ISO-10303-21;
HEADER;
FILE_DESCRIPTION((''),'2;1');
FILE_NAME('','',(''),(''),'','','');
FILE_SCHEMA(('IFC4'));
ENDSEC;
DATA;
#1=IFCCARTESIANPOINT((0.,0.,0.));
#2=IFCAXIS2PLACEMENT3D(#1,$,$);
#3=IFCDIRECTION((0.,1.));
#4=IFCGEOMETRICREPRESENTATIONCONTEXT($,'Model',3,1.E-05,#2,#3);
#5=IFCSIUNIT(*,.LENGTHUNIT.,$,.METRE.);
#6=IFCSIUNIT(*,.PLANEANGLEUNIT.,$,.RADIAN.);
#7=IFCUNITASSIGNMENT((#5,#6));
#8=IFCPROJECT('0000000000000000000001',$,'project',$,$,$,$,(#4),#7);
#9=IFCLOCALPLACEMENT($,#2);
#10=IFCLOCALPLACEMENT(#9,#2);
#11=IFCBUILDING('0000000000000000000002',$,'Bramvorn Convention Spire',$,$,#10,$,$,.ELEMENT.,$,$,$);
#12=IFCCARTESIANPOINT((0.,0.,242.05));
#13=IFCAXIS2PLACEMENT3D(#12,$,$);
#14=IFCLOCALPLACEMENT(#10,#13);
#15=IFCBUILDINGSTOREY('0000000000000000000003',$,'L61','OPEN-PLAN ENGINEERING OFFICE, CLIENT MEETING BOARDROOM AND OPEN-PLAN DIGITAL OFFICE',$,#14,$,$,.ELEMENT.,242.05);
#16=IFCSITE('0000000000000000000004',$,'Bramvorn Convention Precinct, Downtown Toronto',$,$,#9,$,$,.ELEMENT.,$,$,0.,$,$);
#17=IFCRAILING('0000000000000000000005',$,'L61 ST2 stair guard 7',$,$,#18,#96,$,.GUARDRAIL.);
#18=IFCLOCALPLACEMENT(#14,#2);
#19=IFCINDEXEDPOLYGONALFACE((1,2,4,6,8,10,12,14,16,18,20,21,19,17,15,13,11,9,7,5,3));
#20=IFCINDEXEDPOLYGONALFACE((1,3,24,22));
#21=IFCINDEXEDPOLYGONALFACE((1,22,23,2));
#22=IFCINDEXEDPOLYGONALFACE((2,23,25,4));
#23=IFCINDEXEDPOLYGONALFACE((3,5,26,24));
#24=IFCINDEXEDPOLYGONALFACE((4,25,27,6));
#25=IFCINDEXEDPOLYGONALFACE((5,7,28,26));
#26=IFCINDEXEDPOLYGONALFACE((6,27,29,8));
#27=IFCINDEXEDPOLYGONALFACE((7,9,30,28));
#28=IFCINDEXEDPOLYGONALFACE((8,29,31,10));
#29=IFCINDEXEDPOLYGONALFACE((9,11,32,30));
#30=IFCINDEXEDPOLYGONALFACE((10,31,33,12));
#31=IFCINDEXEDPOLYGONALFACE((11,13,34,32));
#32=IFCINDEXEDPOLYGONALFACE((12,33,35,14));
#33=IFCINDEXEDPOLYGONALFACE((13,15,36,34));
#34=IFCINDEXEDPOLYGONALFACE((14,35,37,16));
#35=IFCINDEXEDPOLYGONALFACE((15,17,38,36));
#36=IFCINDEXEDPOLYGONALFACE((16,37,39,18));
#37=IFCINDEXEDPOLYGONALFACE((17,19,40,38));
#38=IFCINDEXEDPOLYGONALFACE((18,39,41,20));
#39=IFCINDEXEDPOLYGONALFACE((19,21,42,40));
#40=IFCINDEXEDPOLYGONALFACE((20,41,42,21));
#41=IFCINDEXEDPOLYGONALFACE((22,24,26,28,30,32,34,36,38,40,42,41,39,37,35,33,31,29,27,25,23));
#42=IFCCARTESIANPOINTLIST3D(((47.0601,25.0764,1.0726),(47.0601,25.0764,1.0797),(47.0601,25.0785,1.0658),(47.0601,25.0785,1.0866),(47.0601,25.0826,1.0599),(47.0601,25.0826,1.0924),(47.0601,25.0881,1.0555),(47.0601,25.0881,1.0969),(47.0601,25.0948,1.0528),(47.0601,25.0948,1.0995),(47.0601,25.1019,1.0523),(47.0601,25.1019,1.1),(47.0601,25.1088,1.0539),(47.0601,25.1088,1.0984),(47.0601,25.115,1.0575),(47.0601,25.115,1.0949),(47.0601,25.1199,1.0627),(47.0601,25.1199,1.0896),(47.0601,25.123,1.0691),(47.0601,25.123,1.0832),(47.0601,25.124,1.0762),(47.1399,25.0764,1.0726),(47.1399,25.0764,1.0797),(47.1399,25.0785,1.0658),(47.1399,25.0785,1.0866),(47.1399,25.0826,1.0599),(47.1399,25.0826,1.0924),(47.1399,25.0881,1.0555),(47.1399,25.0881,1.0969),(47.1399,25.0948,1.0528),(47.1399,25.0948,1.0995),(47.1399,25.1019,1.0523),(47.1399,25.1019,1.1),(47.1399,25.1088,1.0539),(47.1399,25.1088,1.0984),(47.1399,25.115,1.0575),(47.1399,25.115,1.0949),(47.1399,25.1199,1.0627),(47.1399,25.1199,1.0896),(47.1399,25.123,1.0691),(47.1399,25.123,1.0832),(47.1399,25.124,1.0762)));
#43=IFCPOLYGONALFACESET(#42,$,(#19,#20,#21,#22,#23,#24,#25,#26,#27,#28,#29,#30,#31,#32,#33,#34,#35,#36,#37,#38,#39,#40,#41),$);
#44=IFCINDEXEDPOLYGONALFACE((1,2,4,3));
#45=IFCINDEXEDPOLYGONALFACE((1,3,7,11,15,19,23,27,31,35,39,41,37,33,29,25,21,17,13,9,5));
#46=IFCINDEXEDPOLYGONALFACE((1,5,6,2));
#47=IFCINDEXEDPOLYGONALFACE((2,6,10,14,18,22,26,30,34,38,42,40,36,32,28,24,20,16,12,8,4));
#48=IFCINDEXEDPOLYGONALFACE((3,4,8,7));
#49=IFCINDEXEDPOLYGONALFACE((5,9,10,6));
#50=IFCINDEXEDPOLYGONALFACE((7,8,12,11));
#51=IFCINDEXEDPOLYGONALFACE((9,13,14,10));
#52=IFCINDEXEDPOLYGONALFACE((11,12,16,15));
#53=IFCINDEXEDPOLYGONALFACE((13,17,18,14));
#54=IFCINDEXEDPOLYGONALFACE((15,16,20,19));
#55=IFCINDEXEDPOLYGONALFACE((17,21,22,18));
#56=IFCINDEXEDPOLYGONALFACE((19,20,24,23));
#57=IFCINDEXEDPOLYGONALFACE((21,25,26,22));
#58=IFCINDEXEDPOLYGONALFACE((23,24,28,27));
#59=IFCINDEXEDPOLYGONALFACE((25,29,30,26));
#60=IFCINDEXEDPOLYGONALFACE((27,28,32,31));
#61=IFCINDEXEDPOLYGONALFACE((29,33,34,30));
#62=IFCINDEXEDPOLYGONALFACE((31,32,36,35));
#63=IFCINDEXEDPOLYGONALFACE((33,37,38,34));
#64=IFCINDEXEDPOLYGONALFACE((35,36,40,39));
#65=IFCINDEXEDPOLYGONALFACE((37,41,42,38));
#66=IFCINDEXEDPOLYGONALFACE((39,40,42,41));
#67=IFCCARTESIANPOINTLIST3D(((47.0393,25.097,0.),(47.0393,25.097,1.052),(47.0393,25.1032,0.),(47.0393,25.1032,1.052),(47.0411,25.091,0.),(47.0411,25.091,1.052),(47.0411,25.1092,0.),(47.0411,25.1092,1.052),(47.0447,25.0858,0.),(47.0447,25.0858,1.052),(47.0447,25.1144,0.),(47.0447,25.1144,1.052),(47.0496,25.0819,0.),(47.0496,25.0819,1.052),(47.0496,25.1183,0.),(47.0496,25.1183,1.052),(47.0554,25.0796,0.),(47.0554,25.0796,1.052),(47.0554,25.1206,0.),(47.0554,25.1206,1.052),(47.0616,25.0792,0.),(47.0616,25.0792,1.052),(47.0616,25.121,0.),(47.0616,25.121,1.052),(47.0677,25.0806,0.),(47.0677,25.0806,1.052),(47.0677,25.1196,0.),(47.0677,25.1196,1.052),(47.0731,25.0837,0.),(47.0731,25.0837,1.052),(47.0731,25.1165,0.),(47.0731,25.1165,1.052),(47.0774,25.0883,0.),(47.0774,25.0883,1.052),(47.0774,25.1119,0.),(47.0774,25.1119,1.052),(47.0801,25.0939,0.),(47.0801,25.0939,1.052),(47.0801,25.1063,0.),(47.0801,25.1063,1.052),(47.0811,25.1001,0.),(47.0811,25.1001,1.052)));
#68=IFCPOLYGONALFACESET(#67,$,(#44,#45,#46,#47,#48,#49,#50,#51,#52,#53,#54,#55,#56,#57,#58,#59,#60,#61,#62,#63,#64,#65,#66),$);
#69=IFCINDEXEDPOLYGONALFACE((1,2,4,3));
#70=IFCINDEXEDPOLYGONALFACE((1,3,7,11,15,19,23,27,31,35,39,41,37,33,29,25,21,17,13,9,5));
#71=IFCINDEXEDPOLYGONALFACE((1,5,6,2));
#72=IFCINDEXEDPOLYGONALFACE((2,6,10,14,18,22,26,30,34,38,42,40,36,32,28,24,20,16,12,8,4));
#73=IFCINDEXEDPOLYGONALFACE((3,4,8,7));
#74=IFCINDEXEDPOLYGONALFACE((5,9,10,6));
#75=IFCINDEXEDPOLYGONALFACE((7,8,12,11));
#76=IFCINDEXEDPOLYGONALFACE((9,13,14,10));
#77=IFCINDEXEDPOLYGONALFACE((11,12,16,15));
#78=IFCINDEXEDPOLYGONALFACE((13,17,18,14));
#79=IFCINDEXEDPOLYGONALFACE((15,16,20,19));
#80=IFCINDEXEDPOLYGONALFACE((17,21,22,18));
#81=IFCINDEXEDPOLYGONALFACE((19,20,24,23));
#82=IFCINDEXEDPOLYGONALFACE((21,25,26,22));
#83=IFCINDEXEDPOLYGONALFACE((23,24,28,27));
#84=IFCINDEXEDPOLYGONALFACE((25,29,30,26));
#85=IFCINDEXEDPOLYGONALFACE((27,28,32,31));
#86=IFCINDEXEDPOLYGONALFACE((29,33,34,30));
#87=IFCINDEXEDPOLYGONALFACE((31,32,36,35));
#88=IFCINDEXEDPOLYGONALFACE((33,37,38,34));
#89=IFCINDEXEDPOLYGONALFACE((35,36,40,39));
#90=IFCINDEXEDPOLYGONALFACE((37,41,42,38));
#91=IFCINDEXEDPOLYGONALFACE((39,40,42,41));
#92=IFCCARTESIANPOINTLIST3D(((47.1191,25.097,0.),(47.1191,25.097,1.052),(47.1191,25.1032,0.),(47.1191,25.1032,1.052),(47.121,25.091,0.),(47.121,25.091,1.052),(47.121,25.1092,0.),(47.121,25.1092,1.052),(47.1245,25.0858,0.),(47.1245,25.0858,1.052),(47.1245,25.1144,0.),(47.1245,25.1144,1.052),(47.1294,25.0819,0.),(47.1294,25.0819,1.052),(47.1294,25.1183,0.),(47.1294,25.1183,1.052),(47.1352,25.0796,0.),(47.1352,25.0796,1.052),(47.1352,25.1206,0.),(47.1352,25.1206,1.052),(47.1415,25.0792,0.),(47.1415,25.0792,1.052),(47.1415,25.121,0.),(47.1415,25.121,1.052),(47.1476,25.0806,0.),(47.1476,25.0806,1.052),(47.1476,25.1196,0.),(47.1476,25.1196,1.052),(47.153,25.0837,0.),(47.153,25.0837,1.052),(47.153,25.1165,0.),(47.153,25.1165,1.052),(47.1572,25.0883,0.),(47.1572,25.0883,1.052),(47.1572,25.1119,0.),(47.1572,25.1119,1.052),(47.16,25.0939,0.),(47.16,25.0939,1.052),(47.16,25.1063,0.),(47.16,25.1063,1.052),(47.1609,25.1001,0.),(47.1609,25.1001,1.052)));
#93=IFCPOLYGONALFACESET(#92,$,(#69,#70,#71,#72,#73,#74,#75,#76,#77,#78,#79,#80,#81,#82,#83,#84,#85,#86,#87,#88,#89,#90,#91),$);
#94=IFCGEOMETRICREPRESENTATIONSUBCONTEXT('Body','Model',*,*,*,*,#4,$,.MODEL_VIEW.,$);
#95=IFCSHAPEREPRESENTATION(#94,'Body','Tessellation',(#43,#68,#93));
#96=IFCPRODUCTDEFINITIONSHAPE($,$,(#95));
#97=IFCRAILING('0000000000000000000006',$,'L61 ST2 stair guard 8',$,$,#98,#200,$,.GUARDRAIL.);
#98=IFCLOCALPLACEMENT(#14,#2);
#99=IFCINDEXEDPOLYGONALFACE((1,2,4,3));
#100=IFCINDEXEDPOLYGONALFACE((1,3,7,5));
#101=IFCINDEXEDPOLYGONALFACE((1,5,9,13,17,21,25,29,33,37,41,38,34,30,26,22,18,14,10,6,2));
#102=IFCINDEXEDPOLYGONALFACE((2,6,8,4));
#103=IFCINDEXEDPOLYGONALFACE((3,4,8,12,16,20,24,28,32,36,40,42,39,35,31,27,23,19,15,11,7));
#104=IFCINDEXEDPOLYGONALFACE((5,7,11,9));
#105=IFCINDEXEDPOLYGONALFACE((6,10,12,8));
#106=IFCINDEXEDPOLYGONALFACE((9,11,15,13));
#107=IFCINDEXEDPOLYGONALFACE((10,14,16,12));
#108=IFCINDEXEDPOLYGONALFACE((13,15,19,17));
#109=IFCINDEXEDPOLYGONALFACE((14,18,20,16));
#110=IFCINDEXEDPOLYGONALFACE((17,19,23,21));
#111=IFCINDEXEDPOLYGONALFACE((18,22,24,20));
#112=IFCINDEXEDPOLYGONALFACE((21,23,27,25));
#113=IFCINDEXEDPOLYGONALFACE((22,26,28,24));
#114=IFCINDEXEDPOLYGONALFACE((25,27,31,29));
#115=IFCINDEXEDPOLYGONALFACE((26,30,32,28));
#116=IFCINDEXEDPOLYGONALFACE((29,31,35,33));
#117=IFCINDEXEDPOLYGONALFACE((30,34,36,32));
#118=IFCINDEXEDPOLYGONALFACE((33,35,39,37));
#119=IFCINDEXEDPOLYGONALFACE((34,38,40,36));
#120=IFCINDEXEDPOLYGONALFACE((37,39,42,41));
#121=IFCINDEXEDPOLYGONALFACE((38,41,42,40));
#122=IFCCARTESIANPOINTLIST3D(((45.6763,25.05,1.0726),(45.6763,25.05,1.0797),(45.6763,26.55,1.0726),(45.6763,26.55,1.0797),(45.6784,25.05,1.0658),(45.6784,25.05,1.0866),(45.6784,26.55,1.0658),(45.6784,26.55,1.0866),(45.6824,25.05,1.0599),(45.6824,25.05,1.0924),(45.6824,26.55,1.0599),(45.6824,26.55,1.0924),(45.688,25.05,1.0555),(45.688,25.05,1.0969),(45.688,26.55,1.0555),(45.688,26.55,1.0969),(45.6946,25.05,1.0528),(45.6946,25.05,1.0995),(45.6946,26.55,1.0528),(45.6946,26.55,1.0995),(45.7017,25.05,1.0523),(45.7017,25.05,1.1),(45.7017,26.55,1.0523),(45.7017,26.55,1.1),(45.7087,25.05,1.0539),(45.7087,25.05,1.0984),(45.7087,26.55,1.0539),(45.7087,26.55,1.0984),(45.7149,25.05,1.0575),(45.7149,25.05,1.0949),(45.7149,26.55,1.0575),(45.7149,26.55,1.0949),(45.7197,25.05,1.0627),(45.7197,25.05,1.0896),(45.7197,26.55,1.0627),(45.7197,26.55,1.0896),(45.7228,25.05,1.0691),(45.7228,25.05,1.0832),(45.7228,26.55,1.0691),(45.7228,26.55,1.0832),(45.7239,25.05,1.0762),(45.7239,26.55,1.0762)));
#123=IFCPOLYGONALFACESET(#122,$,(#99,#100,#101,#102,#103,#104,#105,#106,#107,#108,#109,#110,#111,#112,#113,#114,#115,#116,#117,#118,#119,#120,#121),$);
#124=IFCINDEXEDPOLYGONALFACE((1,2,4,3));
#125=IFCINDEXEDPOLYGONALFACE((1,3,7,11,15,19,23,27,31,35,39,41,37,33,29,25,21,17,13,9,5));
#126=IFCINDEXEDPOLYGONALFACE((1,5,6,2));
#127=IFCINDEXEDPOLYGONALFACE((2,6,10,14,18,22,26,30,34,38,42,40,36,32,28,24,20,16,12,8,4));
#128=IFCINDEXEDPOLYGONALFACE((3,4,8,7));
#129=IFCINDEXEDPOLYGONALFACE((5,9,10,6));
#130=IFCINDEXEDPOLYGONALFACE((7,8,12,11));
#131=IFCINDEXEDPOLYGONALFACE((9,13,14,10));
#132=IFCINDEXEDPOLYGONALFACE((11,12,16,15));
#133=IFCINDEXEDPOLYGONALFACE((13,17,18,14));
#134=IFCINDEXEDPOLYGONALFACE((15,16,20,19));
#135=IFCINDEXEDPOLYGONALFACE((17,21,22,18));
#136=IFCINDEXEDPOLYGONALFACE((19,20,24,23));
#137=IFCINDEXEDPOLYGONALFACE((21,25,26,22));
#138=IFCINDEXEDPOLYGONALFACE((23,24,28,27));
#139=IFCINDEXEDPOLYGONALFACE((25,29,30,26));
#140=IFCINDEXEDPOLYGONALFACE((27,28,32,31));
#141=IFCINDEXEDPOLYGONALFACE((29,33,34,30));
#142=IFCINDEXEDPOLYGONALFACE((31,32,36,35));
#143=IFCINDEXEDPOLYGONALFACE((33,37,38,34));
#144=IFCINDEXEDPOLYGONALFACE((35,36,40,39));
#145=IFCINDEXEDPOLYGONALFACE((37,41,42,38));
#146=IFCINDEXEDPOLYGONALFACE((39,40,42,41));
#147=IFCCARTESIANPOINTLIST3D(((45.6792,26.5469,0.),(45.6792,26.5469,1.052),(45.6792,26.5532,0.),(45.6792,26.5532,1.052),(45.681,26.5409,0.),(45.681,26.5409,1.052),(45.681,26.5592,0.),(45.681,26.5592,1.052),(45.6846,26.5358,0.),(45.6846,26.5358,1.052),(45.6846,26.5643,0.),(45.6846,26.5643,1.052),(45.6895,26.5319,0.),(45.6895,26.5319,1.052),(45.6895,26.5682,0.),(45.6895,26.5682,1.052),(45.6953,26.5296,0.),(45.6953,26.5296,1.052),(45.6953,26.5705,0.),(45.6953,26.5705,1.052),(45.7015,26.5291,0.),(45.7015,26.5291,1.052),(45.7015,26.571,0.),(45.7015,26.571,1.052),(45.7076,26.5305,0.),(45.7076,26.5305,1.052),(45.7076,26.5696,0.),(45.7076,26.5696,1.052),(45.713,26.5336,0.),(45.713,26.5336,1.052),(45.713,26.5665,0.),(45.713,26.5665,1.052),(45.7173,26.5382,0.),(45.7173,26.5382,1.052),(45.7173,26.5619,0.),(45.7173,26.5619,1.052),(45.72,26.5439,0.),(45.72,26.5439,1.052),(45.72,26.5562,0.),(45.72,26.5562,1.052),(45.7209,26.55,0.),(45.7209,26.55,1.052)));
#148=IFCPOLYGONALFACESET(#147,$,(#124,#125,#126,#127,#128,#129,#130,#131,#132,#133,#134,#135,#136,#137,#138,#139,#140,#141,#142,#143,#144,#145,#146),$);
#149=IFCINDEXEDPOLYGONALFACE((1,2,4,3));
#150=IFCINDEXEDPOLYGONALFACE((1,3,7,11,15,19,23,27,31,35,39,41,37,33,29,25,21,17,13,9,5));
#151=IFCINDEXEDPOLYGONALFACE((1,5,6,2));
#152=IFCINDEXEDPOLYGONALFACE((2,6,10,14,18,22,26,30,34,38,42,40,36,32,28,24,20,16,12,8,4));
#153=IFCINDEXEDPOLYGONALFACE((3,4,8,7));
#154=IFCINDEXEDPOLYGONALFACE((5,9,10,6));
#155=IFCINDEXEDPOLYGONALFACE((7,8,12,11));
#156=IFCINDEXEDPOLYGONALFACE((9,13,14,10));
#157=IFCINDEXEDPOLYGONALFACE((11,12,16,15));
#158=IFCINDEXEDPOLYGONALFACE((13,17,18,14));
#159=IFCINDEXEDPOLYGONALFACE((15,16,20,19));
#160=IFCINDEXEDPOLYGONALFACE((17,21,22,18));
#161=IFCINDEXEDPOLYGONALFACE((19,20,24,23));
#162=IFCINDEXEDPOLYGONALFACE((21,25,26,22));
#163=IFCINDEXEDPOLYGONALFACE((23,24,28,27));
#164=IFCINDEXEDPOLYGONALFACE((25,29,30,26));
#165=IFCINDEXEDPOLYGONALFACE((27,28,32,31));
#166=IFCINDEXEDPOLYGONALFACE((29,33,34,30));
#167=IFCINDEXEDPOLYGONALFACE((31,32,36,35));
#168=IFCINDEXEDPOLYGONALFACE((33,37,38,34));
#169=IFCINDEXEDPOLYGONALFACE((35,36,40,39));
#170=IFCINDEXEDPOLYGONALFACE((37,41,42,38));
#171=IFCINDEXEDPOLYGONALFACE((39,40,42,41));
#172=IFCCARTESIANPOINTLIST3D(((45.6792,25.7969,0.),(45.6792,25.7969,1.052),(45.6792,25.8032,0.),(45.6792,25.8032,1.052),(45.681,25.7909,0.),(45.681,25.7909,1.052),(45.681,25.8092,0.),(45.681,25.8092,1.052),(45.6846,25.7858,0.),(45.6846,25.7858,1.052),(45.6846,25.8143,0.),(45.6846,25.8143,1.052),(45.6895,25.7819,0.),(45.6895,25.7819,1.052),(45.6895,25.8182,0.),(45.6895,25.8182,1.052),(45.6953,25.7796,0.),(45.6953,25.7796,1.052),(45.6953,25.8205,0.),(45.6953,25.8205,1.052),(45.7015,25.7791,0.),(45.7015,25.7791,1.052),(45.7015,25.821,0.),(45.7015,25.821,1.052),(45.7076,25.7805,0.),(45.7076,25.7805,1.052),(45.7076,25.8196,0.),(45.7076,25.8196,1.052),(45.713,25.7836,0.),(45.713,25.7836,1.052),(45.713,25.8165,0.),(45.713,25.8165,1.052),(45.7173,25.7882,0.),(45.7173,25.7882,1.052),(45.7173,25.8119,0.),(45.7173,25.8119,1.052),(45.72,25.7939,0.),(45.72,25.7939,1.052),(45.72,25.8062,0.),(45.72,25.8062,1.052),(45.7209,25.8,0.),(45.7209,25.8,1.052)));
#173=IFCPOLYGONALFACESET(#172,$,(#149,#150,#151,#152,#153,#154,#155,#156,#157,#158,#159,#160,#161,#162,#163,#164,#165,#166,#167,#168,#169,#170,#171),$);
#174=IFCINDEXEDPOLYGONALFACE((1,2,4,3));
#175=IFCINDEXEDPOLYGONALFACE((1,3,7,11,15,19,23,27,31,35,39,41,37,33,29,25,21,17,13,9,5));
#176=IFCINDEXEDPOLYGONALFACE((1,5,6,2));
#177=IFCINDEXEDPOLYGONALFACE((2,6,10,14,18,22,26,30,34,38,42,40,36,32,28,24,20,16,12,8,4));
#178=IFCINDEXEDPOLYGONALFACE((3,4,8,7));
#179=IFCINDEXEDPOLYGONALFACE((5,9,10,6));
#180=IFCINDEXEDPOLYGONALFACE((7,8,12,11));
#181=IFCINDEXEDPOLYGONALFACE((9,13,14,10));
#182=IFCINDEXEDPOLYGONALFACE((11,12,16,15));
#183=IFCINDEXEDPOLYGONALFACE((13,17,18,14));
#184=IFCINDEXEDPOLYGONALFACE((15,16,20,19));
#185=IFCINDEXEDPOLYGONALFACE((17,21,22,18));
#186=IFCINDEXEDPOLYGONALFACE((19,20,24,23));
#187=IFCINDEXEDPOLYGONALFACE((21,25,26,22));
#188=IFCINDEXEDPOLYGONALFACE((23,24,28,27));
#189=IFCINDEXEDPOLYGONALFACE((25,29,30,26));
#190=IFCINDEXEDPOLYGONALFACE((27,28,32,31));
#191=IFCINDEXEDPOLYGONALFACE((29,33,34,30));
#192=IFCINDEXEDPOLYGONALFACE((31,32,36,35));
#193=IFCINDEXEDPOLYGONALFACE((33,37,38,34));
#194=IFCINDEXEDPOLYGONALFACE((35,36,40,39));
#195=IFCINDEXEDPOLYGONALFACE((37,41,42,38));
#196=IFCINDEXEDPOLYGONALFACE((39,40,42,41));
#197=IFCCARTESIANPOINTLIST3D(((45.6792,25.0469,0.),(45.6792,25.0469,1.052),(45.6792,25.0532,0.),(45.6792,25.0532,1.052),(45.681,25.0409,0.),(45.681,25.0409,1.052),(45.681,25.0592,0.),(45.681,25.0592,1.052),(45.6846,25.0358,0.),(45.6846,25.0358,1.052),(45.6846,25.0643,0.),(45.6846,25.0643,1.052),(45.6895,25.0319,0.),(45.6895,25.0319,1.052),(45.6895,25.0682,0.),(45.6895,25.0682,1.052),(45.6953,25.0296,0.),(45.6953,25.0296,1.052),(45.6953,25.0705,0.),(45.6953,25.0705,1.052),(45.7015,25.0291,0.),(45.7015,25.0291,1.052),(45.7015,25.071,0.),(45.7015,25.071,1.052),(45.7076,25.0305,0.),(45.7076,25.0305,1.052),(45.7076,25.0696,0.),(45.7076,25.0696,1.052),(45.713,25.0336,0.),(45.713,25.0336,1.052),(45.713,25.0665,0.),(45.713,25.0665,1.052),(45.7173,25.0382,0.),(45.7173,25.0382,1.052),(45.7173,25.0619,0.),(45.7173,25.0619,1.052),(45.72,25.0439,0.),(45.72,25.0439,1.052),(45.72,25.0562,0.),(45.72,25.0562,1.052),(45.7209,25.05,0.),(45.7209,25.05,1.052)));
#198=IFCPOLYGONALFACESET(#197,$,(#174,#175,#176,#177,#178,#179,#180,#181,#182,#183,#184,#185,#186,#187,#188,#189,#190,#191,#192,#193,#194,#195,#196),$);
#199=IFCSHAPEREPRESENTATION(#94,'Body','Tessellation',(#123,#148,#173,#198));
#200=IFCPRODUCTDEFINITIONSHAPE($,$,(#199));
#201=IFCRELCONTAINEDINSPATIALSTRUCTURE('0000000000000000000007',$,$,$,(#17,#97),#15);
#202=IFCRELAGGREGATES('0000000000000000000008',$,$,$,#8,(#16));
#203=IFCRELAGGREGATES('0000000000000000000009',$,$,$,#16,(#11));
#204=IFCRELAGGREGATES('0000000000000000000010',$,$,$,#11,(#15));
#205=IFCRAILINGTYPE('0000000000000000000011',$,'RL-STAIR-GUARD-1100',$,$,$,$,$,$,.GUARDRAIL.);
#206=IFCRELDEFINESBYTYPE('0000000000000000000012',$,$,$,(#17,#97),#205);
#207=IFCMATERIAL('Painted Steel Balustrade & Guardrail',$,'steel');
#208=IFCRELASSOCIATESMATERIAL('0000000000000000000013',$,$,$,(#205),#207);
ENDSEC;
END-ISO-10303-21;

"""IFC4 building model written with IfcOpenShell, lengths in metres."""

from ifc_helpers import new_model, si_unit, direction, frame, origin, origin_2d, place, context, subcontext, project, spatial, circle, extrude, material, type_object, element, save


model = new_model("IFC4")

# Units and contexts
model_context = context("Model", 3, precision=1e-05, world=origin(), true_north=direction((0.0, 1.0)))
body_context = subcontext(model_context, "Body", "Model", "MODEL_VIEW")
ifc_project = project(units=[si_unit("LENGTHUNIT", "METRE"), si_unit("PLANEANGLEUNIT", "RADIAN")], contexts=[model_context])

# Site, building, storey
site_placement = place(None, origin())
site = spatial("IfcSite", under=ifc_project, at=site_placement, Name="Bramvorn Convention Precinct, Downtown Toronto", CompositionType="ELEMENT", RefElevation=0.0)
building_placement = place(site_placement, origin())
building = spatial("IfcBuilding", under=site, at=building_placement, Name="Bramvorn Convention Spire", CompositionType="ELEMENT")
storey_placement = place(building_placement, frame((0.0, 0.0, 242.05)))
storey = spatial("IfcBuildingStorey", under=building, at=storey_placement, Name="L61", Description="OPEN-PLAN ENGINEERING OFFICE, CLIENT MEETING BOARDROOM AND OPEN-PLAN DIGITAL OFFICE", CompositionType="ELEMENT", Elevation=242.05)

# Railings
ifc_material_1 = material(Name="Painted Steel Balustrade & Guardrail", Category="steel")
railing_type_1 = type_object("IfcRailingType", Name="RL-STAIR-GUARD-1100", PredefinedType="GUARDRAIL", material=ifc_material_1)
railing_1_placement = place(storey_placement, frame((47.0601, 25.1001, 0.0)))
element("IfcRailing", 1, at=railing_1_placement, inside=storey, type_object=railing_type_1, Name="L61 ST2 stair guard 7", PredefinedType="GUARDRAIL", context=body_context, shape_type="SweptSolid", body=[
    extrude(circle(Radius=0.0239, at=origin_2d()), frame((0.0, 0.0, 1.0762), z_axis=(1.0, 0.0, 0.0), x_axis=(0.0, 1.0, 0.0)), (0.0, 0.0, 1.0), 0.0798),
    extrude(circle(Radius=0.021, at=origin_2d()), origin(), (0.0, 0.0, 1.0), 1.052),
    extrude(circle(Radius=0.021, at=origin_2d()), frame((0.0798, 0.0, 0.0)), (0.0, 0.0, 1.0), 1.052),
])
railing_2_placement = place(storey_placement, frame((45.7, 26.55, 0.0)))
element("IfcRailing", 2, at=railing_2_placement, inside=storey, type_object=railing_type_1, Name="L61 ST2 stair guard 8", PredefinedType="GUARDRAIL", context=body_context, shape_type="SweptSolid", body=[
    extrude(circle(Radius=0.0239, at=origin_2d()), frame((0.0, 0.0, 1.0762), z_axis=(0.0, -1.0, 0.0), x_axis=(1.0, 0.0, 0.0)), (0.0, 0.0, 1.0), 1.5),
    extrude(circle(Radius=0.021, at=origin_2d()), origin(), (0.0, 0.0, 1.0), 1.052),
    extrude(circle(Radius=0.021, at=origin_2d()), frame((0.0, -0.75, 0.0)), (0.0, 0.0, 1.0), 1.052),
    extrude(circle(Radius=0.021, at=origin_2d()), frame((0.0, -1.5, 0.0)), (0.0, 0.0, 1.0), 1.052),
])

save(model, "model.ifc")
